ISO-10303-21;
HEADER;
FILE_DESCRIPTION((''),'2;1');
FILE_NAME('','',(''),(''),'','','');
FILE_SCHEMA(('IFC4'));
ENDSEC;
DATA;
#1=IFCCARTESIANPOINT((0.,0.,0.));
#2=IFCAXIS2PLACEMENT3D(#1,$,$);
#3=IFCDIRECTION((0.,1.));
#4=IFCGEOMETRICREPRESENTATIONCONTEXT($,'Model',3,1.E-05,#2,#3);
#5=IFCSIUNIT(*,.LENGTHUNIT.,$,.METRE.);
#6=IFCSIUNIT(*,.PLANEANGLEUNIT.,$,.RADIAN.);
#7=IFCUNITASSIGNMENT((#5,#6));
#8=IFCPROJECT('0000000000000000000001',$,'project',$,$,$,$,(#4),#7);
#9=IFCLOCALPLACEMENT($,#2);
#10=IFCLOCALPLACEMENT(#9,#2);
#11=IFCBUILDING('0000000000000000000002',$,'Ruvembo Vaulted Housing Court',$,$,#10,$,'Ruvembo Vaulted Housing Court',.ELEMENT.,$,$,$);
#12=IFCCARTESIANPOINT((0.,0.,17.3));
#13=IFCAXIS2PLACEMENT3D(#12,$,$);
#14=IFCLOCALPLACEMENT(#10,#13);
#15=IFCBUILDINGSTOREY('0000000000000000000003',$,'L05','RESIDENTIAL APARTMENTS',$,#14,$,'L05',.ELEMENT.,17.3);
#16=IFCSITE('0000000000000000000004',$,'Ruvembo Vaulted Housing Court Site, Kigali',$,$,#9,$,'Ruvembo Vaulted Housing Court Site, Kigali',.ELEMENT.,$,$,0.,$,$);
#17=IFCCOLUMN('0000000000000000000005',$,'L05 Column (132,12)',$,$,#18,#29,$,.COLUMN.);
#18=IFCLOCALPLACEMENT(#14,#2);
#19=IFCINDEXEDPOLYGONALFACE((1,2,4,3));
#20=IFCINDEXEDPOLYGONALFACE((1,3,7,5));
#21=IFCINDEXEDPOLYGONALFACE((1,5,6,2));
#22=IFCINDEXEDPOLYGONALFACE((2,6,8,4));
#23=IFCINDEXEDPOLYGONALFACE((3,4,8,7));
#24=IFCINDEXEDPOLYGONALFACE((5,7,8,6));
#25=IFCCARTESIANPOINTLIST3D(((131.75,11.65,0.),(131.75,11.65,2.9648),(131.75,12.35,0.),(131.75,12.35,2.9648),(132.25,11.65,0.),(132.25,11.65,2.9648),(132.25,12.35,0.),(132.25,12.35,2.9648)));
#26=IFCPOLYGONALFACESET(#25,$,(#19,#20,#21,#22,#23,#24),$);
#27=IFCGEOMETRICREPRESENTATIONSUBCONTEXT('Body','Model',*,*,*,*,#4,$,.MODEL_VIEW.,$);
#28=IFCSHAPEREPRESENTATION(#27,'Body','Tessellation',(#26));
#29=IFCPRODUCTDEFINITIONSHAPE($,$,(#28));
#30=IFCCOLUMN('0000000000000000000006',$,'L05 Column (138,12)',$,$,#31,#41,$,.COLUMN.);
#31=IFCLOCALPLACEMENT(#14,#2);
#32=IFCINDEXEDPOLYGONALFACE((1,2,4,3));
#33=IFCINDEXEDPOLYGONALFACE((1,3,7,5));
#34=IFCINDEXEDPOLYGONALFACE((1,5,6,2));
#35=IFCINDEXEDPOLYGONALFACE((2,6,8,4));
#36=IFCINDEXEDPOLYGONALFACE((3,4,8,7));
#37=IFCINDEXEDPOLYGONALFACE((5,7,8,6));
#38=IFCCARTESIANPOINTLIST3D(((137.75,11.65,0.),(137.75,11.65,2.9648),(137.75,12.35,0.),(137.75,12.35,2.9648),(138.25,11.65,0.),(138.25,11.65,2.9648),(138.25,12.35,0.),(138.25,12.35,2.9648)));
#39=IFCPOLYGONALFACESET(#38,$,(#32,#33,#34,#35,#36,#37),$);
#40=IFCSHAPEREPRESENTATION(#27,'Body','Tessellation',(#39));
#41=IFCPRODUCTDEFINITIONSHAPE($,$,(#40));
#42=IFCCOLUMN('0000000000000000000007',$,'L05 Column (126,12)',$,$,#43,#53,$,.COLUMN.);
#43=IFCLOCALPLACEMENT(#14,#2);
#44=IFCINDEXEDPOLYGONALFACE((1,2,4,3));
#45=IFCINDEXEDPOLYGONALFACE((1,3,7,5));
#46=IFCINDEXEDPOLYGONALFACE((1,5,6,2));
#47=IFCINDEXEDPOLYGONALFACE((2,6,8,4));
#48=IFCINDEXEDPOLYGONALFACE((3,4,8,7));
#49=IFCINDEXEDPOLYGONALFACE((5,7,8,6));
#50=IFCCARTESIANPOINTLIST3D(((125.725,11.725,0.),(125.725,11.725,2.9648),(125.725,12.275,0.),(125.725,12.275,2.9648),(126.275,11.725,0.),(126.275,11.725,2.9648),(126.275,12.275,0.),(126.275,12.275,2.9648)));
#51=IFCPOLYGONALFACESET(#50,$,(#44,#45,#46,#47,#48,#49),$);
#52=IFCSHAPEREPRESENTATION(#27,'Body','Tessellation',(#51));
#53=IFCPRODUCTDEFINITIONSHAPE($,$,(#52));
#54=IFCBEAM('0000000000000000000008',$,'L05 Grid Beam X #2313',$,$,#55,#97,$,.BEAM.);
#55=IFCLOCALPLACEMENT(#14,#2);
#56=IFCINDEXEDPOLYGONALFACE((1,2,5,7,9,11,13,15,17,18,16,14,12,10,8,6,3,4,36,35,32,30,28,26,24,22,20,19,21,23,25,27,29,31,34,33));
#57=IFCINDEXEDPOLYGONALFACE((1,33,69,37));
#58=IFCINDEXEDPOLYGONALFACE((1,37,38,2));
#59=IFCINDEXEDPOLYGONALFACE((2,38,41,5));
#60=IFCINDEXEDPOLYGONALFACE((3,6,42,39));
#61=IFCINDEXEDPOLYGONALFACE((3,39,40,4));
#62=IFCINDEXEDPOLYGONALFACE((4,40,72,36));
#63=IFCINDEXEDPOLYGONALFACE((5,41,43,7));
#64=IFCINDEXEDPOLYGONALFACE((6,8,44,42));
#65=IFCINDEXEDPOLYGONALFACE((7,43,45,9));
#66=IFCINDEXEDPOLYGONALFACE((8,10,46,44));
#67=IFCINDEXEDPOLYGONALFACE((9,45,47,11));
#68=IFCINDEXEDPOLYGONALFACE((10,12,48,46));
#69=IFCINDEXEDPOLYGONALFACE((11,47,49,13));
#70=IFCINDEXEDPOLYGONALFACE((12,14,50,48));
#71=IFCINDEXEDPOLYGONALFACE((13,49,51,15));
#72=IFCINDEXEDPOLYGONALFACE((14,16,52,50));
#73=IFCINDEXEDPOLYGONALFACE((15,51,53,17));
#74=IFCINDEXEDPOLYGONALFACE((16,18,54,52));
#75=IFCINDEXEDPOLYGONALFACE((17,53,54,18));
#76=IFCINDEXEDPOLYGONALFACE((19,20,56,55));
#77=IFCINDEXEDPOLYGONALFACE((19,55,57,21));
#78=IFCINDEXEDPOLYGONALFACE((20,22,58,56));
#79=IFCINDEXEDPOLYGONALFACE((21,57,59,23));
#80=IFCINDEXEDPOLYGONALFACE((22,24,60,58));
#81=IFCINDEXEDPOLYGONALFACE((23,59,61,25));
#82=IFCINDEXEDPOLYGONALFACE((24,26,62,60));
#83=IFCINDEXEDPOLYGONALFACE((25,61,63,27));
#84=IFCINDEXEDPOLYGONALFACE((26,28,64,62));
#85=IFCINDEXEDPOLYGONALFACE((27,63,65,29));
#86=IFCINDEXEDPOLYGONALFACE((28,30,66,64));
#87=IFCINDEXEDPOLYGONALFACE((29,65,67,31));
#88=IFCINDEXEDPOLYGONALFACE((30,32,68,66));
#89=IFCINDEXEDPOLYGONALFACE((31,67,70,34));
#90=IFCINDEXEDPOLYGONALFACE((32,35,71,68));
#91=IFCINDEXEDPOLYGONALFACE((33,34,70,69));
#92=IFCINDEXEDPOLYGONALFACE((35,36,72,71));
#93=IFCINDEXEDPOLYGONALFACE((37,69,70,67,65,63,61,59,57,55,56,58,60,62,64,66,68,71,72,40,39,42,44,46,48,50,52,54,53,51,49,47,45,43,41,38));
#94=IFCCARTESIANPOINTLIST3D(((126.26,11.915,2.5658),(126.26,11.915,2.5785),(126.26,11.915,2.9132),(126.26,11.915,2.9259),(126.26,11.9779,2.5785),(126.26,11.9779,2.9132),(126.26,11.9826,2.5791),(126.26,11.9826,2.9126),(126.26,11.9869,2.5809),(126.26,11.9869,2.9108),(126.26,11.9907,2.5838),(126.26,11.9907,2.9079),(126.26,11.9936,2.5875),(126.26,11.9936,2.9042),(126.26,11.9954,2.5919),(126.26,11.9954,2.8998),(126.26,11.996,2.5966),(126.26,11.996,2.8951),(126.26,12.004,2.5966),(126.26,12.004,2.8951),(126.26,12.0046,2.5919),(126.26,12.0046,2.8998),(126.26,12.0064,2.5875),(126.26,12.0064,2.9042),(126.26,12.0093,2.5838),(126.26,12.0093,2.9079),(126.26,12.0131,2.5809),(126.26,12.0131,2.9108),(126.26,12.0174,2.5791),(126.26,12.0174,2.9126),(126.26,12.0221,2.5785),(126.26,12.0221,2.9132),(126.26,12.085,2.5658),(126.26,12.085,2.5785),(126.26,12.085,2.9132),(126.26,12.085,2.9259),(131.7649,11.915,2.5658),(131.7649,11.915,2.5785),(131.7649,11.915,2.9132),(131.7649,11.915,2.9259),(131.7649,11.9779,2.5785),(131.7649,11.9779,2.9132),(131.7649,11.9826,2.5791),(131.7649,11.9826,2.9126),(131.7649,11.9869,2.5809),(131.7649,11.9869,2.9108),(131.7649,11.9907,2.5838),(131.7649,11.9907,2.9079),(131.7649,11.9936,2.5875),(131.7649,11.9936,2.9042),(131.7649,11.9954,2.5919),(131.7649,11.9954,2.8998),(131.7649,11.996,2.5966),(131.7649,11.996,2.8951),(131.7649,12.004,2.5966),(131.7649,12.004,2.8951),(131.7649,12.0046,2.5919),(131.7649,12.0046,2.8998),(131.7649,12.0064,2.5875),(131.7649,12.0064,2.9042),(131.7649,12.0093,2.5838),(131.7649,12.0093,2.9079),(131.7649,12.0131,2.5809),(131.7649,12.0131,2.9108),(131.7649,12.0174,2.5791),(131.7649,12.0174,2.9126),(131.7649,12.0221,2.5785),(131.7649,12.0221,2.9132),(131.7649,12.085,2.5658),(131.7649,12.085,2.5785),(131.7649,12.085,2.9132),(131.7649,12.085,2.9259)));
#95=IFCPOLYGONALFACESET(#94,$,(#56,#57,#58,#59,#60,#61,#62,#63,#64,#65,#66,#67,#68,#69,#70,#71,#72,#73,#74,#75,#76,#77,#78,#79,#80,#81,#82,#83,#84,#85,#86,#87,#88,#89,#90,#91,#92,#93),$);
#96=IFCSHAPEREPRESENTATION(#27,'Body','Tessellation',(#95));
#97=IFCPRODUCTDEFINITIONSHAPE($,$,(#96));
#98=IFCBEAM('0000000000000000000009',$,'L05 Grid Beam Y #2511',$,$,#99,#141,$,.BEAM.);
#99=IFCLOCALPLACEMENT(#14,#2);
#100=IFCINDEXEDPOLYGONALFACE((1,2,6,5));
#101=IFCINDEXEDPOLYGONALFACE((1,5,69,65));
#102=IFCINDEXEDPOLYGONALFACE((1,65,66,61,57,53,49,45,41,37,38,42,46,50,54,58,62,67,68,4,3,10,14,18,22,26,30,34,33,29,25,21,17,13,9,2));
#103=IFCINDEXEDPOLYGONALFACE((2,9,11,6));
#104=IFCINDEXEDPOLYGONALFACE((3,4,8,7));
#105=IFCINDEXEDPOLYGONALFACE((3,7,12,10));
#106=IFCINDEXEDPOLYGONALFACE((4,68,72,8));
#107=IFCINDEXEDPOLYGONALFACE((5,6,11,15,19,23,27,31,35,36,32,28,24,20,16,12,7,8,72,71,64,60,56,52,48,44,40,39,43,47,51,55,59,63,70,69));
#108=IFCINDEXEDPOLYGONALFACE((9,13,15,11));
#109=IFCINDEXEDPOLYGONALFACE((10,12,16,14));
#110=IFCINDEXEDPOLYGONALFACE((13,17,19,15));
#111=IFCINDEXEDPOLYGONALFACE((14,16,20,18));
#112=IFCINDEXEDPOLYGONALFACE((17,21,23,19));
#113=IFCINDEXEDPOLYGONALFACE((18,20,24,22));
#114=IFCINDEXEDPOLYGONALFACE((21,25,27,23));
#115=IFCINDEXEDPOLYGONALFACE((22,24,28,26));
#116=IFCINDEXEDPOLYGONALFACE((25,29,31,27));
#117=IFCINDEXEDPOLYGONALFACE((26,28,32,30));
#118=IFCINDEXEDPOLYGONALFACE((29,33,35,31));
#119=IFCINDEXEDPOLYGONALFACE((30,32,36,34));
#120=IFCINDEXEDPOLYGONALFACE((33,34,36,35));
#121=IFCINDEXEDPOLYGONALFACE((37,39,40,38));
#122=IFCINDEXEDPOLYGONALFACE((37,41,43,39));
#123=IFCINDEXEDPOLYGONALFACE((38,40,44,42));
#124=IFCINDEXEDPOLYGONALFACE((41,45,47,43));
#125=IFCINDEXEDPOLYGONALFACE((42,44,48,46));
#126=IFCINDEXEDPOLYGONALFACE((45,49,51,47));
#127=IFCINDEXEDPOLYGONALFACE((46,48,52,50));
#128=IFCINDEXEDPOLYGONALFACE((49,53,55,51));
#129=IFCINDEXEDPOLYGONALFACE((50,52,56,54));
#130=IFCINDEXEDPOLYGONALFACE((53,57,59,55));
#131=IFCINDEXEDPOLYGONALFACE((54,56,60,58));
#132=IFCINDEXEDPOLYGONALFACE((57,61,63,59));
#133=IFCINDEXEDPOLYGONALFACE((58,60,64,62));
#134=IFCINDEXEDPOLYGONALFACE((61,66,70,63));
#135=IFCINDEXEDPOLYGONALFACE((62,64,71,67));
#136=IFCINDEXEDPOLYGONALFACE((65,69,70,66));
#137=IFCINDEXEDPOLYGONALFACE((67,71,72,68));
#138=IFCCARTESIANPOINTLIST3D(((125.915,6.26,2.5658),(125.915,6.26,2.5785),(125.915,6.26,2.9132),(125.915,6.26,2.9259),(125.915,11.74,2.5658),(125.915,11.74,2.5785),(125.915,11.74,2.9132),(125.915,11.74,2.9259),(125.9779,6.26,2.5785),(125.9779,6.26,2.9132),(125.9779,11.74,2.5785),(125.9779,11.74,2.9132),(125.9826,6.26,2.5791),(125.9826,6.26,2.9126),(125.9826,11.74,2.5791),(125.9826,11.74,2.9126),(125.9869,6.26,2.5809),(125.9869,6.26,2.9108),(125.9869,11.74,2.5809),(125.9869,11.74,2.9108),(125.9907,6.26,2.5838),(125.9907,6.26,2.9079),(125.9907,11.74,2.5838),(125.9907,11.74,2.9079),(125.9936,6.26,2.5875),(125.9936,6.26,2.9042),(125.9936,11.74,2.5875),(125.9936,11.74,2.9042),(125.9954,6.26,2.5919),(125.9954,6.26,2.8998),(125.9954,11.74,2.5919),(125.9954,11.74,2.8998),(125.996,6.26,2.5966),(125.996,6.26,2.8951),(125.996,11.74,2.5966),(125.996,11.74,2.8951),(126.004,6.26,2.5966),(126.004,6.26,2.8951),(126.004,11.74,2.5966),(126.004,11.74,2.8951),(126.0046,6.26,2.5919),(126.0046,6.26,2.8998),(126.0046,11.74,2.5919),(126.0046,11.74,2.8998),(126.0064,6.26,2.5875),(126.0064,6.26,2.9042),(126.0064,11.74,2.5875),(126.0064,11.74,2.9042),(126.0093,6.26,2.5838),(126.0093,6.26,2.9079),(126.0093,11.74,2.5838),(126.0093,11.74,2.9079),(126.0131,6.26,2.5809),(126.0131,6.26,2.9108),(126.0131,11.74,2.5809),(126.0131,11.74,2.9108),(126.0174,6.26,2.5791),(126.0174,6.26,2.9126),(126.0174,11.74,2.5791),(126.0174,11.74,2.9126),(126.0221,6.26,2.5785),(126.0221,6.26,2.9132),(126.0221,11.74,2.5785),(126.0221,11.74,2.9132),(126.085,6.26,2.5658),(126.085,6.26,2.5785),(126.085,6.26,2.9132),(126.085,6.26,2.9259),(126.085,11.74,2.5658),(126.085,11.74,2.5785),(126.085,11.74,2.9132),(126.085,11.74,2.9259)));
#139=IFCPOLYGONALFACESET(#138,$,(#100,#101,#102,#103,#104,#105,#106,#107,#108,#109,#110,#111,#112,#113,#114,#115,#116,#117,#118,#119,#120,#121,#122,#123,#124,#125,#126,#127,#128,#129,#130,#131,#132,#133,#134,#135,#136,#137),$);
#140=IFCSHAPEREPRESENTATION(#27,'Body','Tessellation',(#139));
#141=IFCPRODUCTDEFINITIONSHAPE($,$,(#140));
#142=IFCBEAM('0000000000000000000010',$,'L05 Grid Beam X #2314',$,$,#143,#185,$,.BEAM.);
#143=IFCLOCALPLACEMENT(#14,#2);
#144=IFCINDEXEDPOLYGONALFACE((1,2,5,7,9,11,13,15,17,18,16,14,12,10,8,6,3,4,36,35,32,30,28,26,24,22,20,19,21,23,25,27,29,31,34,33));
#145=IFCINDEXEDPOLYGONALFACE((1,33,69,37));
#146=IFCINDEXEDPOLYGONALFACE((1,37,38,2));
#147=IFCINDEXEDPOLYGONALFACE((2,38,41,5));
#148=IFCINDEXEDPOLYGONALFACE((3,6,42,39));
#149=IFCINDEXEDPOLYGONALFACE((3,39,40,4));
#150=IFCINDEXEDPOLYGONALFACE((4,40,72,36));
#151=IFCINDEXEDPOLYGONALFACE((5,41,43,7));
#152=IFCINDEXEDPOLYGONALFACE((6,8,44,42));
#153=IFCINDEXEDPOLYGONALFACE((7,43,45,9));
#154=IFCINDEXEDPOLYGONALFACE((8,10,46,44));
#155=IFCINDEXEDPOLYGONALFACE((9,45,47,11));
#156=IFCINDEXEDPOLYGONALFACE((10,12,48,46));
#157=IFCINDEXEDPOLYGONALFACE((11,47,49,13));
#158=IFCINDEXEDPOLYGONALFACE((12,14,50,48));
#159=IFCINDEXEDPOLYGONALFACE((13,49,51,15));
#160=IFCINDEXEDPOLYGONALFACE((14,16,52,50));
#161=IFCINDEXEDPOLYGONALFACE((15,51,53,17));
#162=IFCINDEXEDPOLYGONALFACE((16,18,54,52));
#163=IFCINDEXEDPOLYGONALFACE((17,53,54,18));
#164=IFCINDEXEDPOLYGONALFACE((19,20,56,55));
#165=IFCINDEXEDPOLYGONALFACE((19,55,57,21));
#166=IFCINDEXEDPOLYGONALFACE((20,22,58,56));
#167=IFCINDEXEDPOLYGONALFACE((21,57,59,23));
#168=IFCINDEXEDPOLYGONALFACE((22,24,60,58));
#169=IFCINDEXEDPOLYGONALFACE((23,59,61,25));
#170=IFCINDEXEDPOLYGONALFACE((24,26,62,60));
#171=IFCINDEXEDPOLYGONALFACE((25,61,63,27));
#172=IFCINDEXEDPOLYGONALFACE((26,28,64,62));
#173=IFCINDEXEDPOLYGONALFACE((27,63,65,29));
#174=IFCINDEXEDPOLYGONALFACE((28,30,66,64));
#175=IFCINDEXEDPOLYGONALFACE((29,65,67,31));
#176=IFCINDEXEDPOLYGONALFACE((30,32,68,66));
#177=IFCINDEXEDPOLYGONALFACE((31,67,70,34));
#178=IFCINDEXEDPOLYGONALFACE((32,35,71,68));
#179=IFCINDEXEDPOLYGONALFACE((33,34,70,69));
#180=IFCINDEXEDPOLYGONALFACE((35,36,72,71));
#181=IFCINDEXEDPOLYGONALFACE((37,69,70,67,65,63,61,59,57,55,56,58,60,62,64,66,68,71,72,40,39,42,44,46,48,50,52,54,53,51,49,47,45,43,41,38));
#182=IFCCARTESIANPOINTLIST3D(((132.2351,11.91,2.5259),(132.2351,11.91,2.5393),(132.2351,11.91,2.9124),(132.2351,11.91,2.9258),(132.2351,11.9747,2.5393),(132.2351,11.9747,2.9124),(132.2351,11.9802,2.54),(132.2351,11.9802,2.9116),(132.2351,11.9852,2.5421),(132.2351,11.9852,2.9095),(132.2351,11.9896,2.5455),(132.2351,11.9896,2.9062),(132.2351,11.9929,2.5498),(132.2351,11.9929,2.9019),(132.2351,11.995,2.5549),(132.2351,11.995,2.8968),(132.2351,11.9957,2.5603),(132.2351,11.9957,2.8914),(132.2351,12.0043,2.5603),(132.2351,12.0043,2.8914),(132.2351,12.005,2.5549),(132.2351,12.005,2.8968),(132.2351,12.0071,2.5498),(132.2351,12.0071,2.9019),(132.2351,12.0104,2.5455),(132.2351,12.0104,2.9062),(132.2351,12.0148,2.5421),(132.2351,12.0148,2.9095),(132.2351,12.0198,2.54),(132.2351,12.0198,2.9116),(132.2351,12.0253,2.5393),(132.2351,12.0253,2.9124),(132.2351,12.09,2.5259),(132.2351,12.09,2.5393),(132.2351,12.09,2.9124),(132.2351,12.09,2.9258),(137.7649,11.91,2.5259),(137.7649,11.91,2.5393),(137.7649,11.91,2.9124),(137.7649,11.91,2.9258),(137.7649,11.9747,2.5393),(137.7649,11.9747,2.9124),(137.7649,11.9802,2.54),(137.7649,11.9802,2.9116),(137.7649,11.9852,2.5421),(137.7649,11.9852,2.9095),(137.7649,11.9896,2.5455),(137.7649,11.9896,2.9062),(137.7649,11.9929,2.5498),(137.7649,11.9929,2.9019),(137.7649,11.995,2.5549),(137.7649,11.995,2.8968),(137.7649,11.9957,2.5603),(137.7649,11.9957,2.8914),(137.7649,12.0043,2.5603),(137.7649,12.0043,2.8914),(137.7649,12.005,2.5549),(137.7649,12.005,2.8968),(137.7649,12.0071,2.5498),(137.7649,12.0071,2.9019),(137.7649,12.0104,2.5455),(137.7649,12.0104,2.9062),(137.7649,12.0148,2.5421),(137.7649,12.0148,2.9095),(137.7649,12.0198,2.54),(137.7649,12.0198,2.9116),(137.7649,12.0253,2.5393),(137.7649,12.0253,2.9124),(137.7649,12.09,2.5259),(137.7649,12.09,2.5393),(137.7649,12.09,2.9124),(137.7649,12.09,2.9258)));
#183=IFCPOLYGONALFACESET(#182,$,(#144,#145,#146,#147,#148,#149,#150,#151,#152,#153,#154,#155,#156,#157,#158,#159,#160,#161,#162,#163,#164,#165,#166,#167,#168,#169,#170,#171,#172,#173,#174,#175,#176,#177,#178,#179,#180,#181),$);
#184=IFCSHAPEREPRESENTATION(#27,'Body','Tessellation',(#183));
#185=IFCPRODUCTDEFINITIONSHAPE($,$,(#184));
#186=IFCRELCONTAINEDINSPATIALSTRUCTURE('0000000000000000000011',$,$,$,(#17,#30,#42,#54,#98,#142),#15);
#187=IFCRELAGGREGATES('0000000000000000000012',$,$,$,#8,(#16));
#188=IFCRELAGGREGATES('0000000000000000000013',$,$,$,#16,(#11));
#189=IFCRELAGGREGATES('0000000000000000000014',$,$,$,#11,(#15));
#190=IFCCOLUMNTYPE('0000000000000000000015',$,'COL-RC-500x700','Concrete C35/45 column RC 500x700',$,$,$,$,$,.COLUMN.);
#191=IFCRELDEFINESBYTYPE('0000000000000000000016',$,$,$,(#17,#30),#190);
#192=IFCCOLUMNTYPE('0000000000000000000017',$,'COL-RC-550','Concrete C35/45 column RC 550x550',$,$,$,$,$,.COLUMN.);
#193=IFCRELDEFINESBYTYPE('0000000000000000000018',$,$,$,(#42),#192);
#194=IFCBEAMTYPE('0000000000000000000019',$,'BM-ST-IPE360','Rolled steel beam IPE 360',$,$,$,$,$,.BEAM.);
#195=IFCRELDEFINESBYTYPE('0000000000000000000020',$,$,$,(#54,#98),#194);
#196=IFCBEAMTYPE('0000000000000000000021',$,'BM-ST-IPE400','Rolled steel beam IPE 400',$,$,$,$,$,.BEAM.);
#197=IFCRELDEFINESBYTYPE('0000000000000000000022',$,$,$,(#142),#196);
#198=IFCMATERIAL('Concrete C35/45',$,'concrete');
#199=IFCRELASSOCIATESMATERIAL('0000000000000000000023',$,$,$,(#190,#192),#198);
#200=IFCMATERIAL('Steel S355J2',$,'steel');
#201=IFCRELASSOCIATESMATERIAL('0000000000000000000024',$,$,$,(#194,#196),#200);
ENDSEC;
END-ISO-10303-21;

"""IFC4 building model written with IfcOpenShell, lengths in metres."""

from ifc_helpers import new_model, si_unit, direction, frame, origin, origin_2d, place, context, subcontext, project, spatial, rectangle, i_section, extrude, material, material_profile, profile_set, type_object, element, save


model = new_model("IFC4")

# Units and contexts
model_context = context("Model", 3, precision=1e-05, world=origin(), true_north=direction((0.0, 1.0)))
body_context = subcontext(model_context, "Body", "Model", "MODEL_VIEW")
ifc_project = project(units=[si_unit("LENGTHUNIT", "METRE"), si_unit("PLANEANGLEUNIT", "RADIAN")], contexts=[model_context])

# Site, building, storey
site_placement = place(None, origin())
site = spatial("IfcSite", under=ifc_project, at=site_placement, Name="Ruvembo Vaulted Housing Court Site, Kigali", LongName="Ruvembo Vaulted Housing Court Site, Kigali", CompositionType="ELEMENT", RefElevation=0.0)
building_placement = place(site_placement, origin())
building = spatial("IfcBuilding", under=site, at=building_placement, Name="Ruvembo Vaulted Housing Court", LongName="Ruvembo Vaulted Housing Court", CompositionType="ELEMENT")
storey_placement = place(building_placement, frame((0.0, 0.0, 17.3)))
storey = spatial("IfcBuildingStorey", under=building, at=storey_placement, Name="L05", Description="RESIDENTIAL APARTMENTS", LongName="L05", CompositionType="ELEMENT", Elevation=17.3)

# Columns
ifc_material_1 = material(Name="Concrete C35/45", Category="concrete")
ifc_material_profile_1 = material_profile(ifc_material_1, rectangle(XDim=0.5, YDim=0.7, at=origin_2d()), Name="RC 500x700")
ifc_profile_set_1 = profile_set([ifc_material_profile_1], Name="Concrete C35/45")
column_type_1 = type_object("IfcColumnType", Name="COL-RC-500x700", Description="Concrete C35/45 column RC 500x700", PredefinedType="COLUMN", material=ifc_profile_set_1)
for number, where, z_axis, x_axis, name in (
    (1, (132.0, 12.0, 0.0), (0.0, 0.0, 1.0), (1.0, 0.0, 0.0), "L05 Column (132,12)"),
    (2, (138.0, 12.0, 0.0), (0.0, 0.0, 1.0), (1.0, 0.0, 0.0), "L05 Column (138,12)"),
):
    element("IfcColumn", number, at=place(storey_placement, frame(where, z_axis=z_axis, x_axis=x_axis)), inside=storey, type_object=column_type_1, Name=name, PredefinedType="COLUMN", context=body_context, shape_type="SweptSolid", body=[
        extrude(rectangle(XDim=0.5, YDim=0.7, at=origin_2d()), origin(), (0.0, 0.0, 1.0), 2.9648),
    ])
ifc_material_profile_2 = material_profile(ifc_material_1, rectangle(XDim=0.55, YDim=0.55, at=origin_2d()), Name="RC 550x550")
ifc_profile_set_2 = profile_set([ifc_material_profile_2], Name="Concrete C35/45")
column_type_2 = type_object("IfcColumnType", Name="COL-RC-550", Description="Concrete C35/45 column RC 550x550", PredefinedType="COLUMN", material=ifc_profile_set_2)
column_placement = place(storey_placement, frame((126.0, 12.0, 0.0), z_axis=(0.0, 0.0, 1.0), x_axis=(1.0, 0.0, 0.0)))
element("IfcColumn", 3, at=column_placement, inside=storey, type_object=column_type_2, Name="L05 Column (126,12)", PredefinedType="COLUMN", context=body_context, shape_type="SweptSolid", body=[
    extrude(rectangle(XDim=0.55, YDim=0.55, at=origin_2d()), origin(), (0.0, 0.0, 1.0), 2.9648),
])

# Beams
ifc_material_2 = material(Name="Steel S355J2", Category="steel")
ifc_material_profile_3 = material_profile(ifc_material_2, i_section(OverallWidth=0.1699, OverallDepth=0.3601, WebThickness=0.0081, FlangeThickness=0.0127, FilletRadius=0.0181, at=origin_2d()), Name="IPE 360")
ifc_profile_set_3 = profile_set([ifc_material_profile_3], Name="Steel S355J2")
beam_type_1 = type_object("IfcBeamType", Name="BM-ST-IPE360", Description="Rolled steel beam IPE 360", PredefinedType="BEAM", material=ifc_profile_set_3)
beam_1_placement = place(storey_placement, frame((126.26, 12.0, 2.7458), z_axis=(1.0, 0.0, 0.0), x_axis=(0.0, 1.0, 0.0)))
element("IfcBeam", 4, at=beam_1_placement, inside=storey, type_object=beam_type_1, Name="L05 Grid Beam X #2313", PredefinedType="BEAM", context=body_context, shape_type="SweptSolid", body=[
    extrude(i_section(OverallWidth=0.1699, OverallDepth=0.3601, WebThickness=0.0081, FlangeThickness=0.0127, FilletRadius=0.0181, at=origin_2d()), origin(), (0.0, 0.0, 1.0), 5.5049),
])
beam_2_placement = place(storey_placement, frame((126.0, 6.26, 2.7458), z_axis=(0.0, 1.0, 0.0), x_axis=(-1.0, 0.0, 0.0)))
element("IfcBeam", 5, at=beam_2_placement, inside=storey, type_object=beam_type_1, Name="L05 Grid Beam Y #2511", PredefinedType="BEAM", context=body_context, shape_type="SweptSolid", body=[
    extrude(i_section(OverallWidth=0.1699, OverallDepth=0.3601, WebThickness=0.0081, FlangeThickness=0.0127, FilletRadius=0.0181, at=origin_2d()), origin(), (0.0, 0.0, 1.0), 5.48),
])
ifc_material_profile_4 = material_profile(ifc_material_2, i_section(OverallWidth=0.1799, OverallDepth=0.3999, WebThickness=0.0085, FlangeThickness=0.0134, FilletRadius=0.021, at=origin_2d()), Name="IPE 400")
ifc_profile_set_4 = profile_set([ifc_material_profile_4], Name="Steel S355J2")
beam_type_2 = type_object("IfcBeamType", Name="BM-ST-IPE400", Description="Rolled steel beam IPE 400", PredefinedType="BEAM", material=ifc_profile_set_4)
beam_3_placement = place(storey_placement, frame((132.2351, 12.0, 2.7258), z_axis=(1.0, 0.0, 0.0), x_axis=(0.0, 1.0, 0.0)))
element("IfcBeam", 6, at=beam_3_placement, inside=storey, type_object=beam_type_2, Name="L05 Grid Beam X #2314", PredefinedType="BEAM", context=body_context, shape_type="SweptSolid", body=[
    extrude(i_section(OverallWidth=0.1799, OverallDepth=0.3999, WebThickness=0.0085, FlangeThickness=0.0134, FilletRadius=0.021, at=origin_2d()), origin(), (0.0, 0.0, 1.0), 5.5298),
])

save(model, "model.ifc")
